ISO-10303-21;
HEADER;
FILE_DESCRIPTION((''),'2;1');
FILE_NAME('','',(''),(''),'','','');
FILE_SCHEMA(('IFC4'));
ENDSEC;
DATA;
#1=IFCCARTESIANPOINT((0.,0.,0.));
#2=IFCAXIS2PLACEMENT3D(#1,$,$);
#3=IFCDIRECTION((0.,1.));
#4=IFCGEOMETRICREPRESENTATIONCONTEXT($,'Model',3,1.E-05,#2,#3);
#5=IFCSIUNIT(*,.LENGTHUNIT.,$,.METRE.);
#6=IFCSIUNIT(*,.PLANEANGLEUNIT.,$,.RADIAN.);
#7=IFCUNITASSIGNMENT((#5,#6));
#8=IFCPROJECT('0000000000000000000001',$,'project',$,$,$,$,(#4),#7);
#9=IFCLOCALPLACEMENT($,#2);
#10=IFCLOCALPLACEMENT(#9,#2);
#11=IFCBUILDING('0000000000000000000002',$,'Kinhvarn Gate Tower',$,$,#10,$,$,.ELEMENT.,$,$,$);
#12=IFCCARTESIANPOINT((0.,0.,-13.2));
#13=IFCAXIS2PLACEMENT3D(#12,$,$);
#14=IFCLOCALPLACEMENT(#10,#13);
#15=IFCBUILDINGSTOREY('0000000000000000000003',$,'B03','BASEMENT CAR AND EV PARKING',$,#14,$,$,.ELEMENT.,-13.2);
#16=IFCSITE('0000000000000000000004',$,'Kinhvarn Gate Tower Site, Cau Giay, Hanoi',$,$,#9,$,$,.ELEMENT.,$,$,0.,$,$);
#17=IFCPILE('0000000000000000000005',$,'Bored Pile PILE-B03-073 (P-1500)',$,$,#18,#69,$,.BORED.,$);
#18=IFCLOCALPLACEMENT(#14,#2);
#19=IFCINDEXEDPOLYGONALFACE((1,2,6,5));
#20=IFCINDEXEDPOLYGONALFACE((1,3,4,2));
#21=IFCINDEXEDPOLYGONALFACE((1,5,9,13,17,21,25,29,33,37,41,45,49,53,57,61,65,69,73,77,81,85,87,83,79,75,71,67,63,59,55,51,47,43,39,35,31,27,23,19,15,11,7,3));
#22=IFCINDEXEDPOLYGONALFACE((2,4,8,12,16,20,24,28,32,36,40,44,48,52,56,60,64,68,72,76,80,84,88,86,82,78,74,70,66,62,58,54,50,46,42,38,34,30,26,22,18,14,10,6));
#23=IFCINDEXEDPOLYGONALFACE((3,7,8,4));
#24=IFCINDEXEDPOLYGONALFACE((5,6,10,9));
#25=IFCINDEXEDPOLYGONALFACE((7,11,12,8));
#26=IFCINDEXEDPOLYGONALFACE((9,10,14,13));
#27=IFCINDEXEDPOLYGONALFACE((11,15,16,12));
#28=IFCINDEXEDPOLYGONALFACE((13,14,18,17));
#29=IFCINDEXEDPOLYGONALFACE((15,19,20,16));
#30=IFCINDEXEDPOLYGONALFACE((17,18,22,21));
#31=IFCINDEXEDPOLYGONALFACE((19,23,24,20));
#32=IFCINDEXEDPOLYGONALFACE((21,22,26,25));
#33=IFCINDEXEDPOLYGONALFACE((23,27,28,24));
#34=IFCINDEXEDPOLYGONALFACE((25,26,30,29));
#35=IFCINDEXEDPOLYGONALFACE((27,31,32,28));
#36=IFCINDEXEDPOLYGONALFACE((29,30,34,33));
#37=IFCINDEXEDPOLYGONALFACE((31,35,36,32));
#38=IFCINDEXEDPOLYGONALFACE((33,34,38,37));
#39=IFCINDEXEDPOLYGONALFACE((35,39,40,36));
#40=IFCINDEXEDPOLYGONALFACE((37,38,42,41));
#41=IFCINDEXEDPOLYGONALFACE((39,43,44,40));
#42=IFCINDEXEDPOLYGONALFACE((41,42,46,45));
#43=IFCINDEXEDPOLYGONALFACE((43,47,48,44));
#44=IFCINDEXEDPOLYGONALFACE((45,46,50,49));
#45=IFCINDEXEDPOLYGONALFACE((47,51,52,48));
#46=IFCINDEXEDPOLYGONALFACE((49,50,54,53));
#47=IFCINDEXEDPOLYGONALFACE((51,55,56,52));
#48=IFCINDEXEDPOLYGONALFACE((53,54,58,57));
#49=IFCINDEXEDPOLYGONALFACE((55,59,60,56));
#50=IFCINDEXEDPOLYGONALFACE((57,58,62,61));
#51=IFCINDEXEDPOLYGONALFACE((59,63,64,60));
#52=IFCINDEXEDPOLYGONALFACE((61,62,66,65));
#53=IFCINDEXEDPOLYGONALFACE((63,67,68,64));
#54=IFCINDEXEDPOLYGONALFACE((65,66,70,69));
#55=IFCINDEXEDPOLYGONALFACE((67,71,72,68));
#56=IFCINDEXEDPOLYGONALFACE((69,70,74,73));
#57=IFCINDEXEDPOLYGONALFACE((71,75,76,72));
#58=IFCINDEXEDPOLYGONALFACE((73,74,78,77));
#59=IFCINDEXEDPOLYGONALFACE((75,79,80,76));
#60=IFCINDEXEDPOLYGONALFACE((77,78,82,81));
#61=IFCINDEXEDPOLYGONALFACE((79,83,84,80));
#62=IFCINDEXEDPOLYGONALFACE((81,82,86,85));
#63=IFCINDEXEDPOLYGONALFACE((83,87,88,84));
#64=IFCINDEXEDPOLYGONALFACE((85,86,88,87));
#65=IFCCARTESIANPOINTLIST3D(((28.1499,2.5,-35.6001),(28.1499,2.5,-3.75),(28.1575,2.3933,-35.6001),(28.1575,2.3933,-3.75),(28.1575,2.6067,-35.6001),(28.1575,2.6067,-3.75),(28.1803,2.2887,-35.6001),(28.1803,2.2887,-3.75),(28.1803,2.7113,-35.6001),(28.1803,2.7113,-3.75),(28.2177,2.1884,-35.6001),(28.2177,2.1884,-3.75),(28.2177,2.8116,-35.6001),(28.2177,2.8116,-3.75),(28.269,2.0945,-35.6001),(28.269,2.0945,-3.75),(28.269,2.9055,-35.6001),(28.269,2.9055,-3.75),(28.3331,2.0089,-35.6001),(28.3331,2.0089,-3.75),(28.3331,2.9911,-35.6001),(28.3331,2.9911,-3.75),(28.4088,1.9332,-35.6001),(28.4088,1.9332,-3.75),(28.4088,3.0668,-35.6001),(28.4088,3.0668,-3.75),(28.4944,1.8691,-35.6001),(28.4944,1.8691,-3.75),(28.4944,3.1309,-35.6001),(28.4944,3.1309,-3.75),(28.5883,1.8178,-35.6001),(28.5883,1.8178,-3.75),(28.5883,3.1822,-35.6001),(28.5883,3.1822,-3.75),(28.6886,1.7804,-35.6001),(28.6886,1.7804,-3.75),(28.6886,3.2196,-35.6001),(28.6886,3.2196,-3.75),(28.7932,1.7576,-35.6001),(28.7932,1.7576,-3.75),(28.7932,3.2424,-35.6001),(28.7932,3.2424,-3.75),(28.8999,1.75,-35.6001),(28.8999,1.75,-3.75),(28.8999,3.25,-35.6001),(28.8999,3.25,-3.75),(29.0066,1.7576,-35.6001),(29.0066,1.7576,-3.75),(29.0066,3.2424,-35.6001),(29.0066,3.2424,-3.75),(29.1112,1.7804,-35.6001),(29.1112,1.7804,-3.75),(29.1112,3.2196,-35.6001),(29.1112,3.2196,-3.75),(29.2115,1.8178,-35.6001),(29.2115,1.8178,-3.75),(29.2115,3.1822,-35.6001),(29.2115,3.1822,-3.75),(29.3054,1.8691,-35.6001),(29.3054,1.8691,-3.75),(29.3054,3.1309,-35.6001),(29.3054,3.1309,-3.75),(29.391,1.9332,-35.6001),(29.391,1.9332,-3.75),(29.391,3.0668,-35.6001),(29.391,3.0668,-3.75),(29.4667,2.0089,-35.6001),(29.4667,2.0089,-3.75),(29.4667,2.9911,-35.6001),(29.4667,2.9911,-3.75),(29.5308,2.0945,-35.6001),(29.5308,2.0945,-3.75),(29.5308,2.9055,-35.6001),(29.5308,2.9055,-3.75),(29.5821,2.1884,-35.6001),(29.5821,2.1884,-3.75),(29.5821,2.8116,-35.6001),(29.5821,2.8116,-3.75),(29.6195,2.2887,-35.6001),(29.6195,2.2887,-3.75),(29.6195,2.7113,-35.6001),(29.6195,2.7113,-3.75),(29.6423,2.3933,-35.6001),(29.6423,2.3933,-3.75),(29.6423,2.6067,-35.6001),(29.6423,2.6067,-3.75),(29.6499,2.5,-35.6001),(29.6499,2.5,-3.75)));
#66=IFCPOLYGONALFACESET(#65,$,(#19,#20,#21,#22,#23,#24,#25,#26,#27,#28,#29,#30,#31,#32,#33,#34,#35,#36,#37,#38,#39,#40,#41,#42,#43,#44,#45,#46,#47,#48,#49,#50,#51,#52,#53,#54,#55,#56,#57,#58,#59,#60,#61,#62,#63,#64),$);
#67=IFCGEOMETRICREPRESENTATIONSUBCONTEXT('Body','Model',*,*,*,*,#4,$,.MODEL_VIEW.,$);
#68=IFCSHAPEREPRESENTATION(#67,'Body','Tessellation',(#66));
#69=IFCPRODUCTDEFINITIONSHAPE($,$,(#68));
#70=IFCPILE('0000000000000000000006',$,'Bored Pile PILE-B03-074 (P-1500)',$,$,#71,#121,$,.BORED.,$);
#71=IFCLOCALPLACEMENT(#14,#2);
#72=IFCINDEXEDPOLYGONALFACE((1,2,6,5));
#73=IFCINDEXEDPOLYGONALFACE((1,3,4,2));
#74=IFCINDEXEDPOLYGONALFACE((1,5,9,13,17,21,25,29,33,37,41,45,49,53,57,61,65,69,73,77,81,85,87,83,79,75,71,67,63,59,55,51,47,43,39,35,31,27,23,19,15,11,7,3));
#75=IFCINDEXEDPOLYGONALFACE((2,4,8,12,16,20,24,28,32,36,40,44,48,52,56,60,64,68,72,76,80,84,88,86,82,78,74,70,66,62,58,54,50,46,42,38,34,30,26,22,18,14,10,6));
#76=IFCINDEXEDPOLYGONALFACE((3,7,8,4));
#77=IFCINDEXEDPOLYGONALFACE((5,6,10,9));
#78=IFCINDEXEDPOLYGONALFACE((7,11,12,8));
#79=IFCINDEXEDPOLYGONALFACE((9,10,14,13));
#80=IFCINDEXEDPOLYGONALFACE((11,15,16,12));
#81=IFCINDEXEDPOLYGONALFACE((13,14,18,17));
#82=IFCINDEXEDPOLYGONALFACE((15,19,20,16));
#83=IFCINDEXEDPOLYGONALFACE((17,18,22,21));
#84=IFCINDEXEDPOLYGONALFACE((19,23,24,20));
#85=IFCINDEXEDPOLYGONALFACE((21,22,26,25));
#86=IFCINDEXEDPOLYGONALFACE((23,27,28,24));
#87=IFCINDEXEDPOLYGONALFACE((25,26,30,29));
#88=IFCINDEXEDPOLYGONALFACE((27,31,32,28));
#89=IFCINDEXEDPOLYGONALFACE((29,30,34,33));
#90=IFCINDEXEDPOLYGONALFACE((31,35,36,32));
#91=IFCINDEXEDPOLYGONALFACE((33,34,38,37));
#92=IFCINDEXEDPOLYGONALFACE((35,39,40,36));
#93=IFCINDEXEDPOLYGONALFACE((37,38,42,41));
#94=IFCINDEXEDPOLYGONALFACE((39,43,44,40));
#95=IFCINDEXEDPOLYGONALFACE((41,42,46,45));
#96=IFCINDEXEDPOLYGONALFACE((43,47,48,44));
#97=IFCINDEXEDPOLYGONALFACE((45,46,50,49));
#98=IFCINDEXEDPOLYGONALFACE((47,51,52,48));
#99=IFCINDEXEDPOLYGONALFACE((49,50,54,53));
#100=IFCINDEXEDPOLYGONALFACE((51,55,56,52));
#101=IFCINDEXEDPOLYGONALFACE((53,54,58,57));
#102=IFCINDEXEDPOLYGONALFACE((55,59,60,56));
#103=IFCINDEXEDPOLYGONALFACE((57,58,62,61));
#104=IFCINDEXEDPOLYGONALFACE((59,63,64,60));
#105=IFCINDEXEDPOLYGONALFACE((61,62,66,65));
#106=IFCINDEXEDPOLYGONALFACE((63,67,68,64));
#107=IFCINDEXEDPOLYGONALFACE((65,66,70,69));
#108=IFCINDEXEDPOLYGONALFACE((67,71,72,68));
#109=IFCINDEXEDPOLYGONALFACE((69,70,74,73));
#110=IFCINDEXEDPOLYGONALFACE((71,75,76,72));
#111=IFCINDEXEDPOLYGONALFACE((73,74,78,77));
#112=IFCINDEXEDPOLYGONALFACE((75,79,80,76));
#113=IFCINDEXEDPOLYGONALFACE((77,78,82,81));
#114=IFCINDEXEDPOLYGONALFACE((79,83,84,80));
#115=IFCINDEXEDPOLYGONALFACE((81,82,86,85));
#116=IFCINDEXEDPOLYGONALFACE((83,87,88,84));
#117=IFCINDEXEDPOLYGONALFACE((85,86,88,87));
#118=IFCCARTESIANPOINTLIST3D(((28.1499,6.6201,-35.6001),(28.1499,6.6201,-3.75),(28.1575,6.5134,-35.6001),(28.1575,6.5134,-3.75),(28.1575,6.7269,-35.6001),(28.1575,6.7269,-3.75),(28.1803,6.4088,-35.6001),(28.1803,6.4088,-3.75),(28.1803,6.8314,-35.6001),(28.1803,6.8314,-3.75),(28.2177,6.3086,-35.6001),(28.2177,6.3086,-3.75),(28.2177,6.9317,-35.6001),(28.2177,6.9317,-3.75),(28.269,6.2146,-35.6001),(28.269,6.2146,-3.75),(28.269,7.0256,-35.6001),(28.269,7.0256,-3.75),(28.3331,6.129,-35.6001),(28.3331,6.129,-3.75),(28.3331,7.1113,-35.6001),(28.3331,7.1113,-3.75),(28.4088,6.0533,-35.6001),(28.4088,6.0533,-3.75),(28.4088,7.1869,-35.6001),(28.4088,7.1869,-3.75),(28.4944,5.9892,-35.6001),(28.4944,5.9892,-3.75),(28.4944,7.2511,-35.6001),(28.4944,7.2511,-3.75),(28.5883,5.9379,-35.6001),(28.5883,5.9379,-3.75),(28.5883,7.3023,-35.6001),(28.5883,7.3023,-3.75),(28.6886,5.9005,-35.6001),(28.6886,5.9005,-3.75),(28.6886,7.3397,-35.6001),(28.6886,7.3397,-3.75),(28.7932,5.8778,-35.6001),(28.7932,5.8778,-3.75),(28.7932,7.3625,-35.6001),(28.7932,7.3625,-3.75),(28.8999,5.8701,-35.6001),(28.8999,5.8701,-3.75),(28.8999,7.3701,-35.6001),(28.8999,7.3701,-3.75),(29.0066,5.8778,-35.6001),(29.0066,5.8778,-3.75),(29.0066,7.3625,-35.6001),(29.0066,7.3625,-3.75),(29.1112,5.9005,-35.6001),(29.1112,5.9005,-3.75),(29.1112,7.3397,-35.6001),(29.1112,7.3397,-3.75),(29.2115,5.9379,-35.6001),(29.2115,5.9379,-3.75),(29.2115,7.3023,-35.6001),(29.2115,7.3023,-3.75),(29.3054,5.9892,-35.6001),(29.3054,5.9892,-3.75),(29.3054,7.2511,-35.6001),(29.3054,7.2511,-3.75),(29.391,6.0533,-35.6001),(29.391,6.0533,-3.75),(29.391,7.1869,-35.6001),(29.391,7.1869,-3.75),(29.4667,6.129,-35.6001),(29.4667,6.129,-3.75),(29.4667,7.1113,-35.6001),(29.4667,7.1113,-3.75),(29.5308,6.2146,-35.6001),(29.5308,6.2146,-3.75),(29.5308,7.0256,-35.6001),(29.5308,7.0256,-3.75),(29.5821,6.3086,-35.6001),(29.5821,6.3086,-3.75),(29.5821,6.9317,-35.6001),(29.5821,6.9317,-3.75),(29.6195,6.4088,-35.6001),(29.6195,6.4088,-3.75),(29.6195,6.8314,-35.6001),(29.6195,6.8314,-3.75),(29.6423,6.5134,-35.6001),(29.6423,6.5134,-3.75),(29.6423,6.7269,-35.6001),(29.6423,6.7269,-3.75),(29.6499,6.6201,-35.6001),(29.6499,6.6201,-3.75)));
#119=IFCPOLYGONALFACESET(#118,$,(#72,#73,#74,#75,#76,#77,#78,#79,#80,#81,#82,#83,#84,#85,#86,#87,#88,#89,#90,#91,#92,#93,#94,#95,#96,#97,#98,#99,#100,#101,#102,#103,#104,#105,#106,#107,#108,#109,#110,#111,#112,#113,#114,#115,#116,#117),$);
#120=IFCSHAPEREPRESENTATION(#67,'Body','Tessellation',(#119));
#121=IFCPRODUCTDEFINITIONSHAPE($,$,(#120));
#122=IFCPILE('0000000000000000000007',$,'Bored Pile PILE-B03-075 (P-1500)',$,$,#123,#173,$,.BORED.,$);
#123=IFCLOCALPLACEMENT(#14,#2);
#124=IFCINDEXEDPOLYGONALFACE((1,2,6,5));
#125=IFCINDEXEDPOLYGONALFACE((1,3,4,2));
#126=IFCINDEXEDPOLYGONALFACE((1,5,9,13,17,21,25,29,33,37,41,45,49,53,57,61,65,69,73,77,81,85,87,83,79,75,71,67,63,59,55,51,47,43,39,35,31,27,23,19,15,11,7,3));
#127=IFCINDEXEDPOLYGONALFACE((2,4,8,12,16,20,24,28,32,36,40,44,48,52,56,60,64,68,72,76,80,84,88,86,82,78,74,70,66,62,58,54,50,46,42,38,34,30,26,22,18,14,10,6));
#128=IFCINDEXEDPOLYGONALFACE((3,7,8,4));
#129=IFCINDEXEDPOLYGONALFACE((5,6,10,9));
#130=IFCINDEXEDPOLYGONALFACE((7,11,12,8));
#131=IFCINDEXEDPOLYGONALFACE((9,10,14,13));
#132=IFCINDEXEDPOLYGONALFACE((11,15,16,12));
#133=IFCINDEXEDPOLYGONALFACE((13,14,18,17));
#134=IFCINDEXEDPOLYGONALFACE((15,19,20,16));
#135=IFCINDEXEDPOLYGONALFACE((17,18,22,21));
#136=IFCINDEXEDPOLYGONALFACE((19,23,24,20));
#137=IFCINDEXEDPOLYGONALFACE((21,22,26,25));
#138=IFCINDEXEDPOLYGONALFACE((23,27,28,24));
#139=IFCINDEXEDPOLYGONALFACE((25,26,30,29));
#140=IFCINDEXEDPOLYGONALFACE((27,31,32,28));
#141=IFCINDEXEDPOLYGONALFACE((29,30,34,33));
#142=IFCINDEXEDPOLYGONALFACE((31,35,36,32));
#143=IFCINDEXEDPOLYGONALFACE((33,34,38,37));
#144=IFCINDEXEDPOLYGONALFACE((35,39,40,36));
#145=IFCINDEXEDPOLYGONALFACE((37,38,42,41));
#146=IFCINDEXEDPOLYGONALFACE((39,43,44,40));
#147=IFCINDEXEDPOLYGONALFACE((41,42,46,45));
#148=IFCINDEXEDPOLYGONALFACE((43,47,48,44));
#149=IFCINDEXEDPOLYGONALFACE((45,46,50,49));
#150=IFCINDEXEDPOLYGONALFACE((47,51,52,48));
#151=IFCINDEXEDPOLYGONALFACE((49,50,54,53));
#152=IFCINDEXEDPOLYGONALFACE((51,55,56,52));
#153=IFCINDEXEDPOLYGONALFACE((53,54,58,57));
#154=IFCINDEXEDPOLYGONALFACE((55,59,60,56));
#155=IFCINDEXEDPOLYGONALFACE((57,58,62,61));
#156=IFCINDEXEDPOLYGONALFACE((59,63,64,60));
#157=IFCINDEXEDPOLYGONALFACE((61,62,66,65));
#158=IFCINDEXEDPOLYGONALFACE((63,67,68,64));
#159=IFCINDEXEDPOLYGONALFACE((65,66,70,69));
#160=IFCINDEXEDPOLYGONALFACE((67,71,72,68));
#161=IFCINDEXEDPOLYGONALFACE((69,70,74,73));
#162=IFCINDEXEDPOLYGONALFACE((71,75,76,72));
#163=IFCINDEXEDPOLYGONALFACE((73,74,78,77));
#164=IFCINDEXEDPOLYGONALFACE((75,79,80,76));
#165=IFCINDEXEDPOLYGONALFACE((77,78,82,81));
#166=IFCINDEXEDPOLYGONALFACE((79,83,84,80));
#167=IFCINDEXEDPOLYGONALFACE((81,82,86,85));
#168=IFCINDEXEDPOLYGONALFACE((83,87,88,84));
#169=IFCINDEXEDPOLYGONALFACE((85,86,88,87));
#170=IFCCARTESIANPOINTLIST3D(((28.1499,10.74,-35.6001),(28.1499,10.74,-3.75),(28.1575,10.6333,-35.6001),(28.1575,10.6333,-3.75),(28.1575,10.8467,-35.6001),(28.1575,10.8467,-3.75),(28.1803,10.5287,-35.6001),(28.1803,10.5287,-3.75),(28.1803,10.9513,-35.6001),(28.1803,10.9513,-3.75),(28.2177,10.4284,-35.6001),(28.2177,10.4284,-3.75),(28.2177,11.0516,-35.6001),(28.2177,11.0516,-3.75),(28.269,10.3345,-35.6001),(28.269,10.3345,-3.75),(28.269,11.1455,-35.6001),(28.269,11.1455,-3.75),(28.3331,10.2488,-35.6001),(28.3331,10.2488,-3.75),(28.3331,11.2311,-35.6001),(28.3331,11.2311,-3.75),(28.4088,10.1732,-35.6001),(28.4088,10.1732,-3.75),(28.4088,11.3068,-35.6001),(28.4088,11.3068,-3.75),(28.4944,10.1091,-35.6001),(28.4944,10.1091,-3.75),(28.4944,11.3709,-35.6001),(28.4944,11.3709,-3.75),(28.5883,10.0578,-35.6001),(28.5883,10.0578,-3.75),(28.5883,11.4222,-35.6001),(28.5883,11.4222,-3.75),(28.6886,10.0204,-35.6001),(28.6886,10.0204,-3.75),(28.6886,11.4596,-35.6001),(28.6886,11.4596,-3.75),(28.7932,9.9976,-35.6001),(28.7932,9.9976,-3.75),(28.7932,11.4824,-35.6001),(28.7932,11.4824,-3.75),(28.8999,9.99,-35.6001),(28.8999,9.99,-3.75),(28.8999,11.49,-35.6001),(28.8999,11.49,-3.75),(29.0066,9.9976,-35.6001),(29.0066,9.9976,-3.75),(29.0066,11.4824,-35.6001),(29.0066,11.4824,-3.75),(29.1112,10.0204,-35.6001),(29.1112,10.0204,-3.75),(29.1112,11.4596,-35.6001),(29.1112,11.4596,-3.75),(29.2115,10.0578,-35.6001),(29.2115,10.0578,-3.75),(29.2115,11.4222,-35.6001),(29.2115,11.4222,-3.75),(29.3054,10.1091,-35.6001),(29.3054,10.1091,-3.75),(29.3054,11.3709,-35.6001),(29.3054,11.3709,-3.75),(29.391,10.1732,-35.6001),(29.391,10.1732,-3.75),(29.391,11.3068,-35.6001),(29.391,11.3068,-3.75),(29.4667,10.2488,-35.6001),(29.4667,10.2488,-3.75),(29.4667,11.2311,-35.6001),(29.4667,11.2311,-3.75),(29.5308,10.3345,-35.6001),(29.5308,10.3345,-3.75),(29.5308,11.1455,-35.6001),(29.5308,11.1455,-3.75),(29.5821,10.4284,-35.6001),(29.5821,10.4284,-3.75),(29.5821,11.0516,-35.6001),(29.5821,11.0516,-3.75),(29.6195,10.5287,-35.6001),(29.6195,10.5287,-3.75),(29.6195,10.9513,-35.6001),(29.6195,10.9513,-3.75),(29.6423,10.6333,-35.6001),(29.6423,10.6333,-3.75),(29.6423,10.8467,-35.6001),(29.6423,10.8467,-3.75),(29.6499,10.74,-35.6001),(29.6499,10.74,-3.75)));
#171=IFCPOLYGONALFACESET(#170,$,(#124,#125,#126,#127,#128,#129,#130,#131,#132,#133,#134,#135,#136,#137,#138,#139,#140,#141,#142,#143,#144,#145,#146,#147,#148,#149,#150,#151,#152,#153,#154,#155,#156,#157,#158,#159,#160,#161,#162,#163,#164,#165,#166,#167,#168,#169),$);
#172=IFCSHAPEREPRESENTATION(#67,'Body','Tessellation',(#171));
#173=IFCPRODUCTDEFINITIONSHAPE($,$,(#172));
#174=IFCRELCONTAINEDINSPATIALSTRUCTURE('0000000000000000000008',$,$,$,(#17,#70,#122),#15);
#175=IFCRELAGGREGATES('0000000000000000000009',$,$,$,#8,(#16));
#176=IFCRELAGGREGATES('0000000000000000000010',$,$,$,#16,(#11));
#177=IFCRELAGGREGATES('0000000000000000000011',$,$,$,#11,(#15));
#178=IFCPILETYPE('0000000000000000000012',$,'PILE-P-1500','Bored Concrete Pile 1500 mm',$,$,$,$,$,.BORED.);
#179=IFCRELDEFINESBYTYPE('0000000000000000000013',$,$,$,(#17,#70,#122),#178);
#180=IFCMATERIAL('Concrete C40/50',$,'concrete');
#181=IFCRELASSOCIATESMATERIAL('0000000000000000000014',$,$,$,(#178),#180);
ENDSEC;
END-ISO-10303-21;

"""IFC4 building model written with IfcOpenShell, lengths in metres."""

from ifc_helpers import new_model, si_unit, direction, frame, origin, origin_2d, place, context, subcontext, project, spatial, circle, extrude, material, material_profile, profile_set, type_object, element, save


model = new_model("IFC4")

# Units and contexts
model_context = context("Model", 3, precision=1e-05, world=origin(), true_north=direction((0.0, 1.0)))
body_context = subcontext(model_context, "Body", "Model", "MODEL_VIEW")
ifc_project = project(units=[si_unit("LENGTHUNIT", "METRE"), si_unit("PLANEANGLEUNIT", "RADIAN")], contexts=[model_context])

# Site, building, storey
site_placement = place(None, origin())
site = spatial("IfcSite", under=ifc_project, at=site_placement, Name="Kinhvarn Gate Tower Site, Cau Giay, Hanoi", CompositionType="ELEMENT", RefElevation=0.0)
building_placement = place(site_placement, origin())
building = spatial("IfcBuilding", under=site, at=building_placement, Name="Kinhvarn Gate Tower", CompositionType="ELEMENT")
storey_placement = place(building_placement, frame((0.0, 0.0, -13.2)))
storey = spatial("IfcBuildingStorey", under=building, at=storey_placement, Name="B03", Description="BASEMENT CAR AND EV PARKING", CompositionType="ELEMENT", Elevation=-13.2)

# Piles
ifc_material = material(Name="Concrete C40/50", Category="concrete")
ifc_material_profile_1 = material_profile(ifc_material, circle(Radius=0.75, at=origin_2d()), Name="PILE D1500")
ifc_profile_set_1 = profile_set([ifc_material_profile_1], Name="Concrete C40/50")
pile_type_1 = type_object("IfcPileType", Name="PILE-P-1500", Description="Bored Concrete Pile 1500 mm", PredefinedType="BORED", material=ifc_profile_set_1)
for number, where, z_axis, x_axis, name in (
    (1, (28.8999, 2.5, -35.6001), (0.0, 0.0, 1.0), (1.0, 0.0, 0.0), "Bored Pile PILE-B03-073 (P-1500)"),
    (2, (28.8999, 6.6201, -35.6001), (0.0, 0.0, 1.0), (1.0, 0.0, 0.0), "Bored Pile PILE-B03-074 (P-1500)"),
    (3, (28.8999, 10.74, -35.6001), (0.0, 0.0, 1.0), (1.0, 0.0, 0.0), "Bored Pile PILE-B03-075 (P-1500)"),
):
    element("IfcPile", number, at=place(storey_placement, frame(where, z_axis=z_axis, x_axis=x_axis)), inside=storey, type_object=pile_type_1, Name=name, PredefinedType="BORED", context=body_context, shape_type="SweptSolid", body=[
        extrude(circle(Radius=0.75, at=origin_2d()), origin(), (0.0, 0.0, 1.0), 31.8501),
    ])

save(model, "model.ifc")
